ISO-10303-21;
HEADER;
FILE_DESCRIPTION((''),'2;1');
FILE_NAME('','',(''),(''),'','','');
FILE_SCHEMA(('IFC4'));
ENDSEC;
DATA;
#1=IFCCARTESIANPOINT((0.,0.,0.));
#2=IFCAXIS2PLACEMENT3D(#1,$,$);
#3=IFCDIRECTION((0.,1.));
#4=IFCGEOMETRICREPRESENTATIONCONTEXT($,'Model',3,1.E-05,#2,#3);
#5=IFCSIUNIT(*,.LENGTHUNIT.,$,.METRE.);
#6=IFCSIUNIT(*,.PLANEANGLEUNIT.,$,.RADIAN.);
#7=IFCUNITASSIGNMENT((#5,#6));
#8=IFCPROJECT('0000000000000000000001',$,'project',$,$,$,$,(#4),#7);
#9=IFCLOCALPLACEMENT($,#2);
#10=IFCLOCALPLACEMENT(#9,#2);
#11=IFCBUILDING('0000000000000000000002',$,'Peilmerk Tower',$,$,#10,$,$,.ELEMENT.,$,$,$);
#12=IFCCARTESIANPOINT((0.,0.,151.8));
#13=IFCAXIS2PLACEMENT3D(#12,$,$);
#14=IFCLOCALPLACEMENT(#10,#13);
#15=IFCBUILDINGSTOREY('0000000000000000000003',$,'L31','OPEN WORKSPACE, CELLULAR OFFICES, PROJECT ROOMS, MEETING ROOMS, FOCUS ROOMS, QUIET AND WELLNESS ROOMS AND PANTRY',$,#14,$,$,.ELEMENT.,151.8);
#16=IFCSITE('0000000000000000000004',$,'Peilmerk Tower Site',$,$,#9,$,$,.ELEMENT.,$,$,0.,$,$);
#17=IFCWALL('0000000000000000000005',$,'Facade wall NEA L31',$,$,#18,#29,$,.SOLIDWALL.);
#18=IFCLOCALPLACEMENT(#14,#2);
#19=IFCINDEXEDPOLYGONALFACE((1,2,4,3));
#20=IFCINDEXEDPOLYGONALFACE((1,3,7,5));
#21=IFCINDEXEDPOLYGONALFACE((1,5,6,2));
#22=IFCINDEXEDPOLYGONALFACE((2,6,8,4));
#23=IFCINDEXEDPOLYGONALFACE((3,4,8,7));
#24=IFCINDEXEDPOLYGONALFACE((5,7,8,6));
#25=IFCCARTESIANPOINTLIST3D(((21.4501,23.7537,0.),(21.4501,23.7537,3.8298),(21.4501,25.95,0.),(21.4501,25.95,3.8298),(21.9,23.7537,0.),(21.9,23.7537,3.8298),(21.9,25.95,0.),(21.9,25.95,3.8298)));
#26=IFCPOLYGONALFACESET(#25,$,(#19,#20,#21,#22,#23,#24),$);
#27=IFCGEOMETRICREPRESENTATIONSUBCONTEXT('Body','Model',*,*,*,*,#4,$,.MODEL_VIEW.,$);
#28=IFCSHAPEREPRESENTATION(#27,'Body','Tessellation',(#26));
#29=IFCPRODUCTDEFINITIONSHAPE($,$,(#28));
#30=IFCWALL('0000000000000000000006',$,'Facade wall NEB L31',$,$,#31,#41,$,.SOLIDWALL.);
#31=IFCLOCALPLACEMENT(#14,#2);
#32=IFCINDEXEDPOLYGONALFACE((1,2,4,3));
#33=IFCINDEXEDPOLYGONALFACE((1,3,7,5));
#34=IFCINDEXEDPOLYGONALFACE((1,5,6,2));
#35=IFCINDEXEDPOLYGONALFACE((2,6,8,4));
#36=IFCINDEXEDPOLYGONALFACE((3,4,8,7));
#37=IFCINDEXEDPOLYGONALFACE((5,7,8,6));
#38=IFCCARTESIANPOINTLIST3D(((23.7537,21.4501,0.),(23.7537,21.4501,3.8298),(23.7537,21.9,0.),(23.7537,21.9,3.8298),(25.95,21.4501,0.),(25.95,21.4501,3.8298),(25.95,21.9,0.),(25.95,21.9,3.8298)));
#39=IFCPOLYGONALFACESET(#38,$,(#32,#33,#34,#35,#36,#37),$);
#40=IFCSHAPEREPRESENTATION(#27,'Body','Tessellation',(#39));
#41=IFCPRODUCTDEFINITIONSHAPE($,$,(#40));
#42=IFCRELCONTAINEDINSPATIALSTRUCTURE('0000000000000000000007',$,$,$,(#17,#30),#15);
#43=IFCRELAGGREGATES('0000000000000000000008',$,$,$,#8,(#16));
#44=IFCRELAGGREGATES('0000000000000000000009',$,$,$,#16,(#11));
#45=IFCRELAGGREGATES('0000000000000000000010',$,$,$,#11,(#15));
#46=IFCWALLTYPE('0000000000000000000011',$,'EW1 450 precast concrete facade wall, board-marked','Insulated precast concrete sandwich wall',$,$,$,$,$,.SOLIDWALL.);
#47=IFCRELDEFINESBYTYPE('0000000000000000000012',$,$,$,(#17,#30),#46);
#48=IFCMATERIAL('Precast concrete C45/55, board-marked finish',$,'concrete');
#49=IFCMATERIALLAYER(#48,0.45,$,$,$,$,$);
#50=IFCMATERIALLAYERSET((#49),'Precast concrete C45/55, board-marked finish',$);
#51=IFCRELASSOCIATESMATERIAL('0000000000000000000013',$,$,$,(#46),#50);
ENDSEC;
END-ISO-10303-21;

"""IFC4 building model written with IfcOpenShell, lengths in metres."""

from ifc_helpers import new_model, si_unit, direction, frame, frame_2d, origin, place, context, subcontext, project, spatial, rectangle, extrude, material, layer, layer_set, type_object, element, save


model = new_model("IFC4")

# Units and contexts
model_context = context("Model", 3, precision=1e-05, world=origin(), true_north=direction((0.0, 1.0)))
body_context = subcontext(model_context, "Body", "Model", "MODEL_VIEW")
ifc_project = project(units=[si_unit("LENGTHUNIT", "METRE"), si_unit("PLANEANGLEUNIT", "RADIAN")], contexts=[model_context])

# Site, building, storey
site_placement = place(None, origin())
site = spatial("IfcSite", under=ifc_project, at=site_placement, Name="Peilmerk Tower Site", CompositionType="ELEMENT", RefElevation=0.0)
building_placement = place(site_placement, origin())
building = spatial("IfcBuilding", under=site, at=building_placement, Name="Peilmerk Tower", CompositionType="ELEMENT")
storey_placement = place(building_placement, frame((0.0, 0.0, 151.8)))
storey = spatial("IfcBuildingStorey", under=building, at=storey_placement, Name="L31", Description="OPEN WORKSPACE, CELLULAR OFFICES, PROJECT ROOMS, MEETING ROOMS, FOCUS ROOMS, QUIET AND WELLNESS ROOMS AND PANTRY", CompositionType="ELEMENT", Elevation=151.8)

# Shared definitions
ifc_material_1 = material(Name="Precast concrete C45/55, board-marked finish", Category="concrete")
ifc_layer_1 = layer(ifc_material_1, 0.45)
ifc_layer_set_1 = layer_set([ifc_layer_1], Name="Precast concrete C45/55, board-marked finish")
wall_type = type_object("IfcWallType", Name="EW1 450 precast concrete facade wall, board-marked", Description="Insulated precast concrete sandwich wall", PredefinedType="SOLIDWALL", material=ifc_layer_set_1)

# Walls
for number, where, z_axis, x_axis, name in (
    (1, (21.675, 23.7537, 0.0), (0.0, 0.0, 1.0), (0.0, 1.0, 0.0), "Facade wall NEA L31"),
    (2, (23.7537, 21.675, 0.0), (0.0, 0.0, 1.0), (1.0, 0.0, 0.0), "Facade wall NEB L31"),
):
    element("IfcWall", number, at=place(storey_placement, frame(where, z_axis=z_axis, x_axis=x_axis)), inside=storey, type_object=wall_type, Name=name, PredefinedType="SOLIDWALL", context=body_context, shape_type="SweptSolid", body=[
        extrude(rectangle(XDim=2.1963, YDim=0.45, at=frame_2d((1.0981, 0.0))), origin(), (0.0, 0.0, 1.0), 3.8298),
    ])

save(model, "model.ifc")
